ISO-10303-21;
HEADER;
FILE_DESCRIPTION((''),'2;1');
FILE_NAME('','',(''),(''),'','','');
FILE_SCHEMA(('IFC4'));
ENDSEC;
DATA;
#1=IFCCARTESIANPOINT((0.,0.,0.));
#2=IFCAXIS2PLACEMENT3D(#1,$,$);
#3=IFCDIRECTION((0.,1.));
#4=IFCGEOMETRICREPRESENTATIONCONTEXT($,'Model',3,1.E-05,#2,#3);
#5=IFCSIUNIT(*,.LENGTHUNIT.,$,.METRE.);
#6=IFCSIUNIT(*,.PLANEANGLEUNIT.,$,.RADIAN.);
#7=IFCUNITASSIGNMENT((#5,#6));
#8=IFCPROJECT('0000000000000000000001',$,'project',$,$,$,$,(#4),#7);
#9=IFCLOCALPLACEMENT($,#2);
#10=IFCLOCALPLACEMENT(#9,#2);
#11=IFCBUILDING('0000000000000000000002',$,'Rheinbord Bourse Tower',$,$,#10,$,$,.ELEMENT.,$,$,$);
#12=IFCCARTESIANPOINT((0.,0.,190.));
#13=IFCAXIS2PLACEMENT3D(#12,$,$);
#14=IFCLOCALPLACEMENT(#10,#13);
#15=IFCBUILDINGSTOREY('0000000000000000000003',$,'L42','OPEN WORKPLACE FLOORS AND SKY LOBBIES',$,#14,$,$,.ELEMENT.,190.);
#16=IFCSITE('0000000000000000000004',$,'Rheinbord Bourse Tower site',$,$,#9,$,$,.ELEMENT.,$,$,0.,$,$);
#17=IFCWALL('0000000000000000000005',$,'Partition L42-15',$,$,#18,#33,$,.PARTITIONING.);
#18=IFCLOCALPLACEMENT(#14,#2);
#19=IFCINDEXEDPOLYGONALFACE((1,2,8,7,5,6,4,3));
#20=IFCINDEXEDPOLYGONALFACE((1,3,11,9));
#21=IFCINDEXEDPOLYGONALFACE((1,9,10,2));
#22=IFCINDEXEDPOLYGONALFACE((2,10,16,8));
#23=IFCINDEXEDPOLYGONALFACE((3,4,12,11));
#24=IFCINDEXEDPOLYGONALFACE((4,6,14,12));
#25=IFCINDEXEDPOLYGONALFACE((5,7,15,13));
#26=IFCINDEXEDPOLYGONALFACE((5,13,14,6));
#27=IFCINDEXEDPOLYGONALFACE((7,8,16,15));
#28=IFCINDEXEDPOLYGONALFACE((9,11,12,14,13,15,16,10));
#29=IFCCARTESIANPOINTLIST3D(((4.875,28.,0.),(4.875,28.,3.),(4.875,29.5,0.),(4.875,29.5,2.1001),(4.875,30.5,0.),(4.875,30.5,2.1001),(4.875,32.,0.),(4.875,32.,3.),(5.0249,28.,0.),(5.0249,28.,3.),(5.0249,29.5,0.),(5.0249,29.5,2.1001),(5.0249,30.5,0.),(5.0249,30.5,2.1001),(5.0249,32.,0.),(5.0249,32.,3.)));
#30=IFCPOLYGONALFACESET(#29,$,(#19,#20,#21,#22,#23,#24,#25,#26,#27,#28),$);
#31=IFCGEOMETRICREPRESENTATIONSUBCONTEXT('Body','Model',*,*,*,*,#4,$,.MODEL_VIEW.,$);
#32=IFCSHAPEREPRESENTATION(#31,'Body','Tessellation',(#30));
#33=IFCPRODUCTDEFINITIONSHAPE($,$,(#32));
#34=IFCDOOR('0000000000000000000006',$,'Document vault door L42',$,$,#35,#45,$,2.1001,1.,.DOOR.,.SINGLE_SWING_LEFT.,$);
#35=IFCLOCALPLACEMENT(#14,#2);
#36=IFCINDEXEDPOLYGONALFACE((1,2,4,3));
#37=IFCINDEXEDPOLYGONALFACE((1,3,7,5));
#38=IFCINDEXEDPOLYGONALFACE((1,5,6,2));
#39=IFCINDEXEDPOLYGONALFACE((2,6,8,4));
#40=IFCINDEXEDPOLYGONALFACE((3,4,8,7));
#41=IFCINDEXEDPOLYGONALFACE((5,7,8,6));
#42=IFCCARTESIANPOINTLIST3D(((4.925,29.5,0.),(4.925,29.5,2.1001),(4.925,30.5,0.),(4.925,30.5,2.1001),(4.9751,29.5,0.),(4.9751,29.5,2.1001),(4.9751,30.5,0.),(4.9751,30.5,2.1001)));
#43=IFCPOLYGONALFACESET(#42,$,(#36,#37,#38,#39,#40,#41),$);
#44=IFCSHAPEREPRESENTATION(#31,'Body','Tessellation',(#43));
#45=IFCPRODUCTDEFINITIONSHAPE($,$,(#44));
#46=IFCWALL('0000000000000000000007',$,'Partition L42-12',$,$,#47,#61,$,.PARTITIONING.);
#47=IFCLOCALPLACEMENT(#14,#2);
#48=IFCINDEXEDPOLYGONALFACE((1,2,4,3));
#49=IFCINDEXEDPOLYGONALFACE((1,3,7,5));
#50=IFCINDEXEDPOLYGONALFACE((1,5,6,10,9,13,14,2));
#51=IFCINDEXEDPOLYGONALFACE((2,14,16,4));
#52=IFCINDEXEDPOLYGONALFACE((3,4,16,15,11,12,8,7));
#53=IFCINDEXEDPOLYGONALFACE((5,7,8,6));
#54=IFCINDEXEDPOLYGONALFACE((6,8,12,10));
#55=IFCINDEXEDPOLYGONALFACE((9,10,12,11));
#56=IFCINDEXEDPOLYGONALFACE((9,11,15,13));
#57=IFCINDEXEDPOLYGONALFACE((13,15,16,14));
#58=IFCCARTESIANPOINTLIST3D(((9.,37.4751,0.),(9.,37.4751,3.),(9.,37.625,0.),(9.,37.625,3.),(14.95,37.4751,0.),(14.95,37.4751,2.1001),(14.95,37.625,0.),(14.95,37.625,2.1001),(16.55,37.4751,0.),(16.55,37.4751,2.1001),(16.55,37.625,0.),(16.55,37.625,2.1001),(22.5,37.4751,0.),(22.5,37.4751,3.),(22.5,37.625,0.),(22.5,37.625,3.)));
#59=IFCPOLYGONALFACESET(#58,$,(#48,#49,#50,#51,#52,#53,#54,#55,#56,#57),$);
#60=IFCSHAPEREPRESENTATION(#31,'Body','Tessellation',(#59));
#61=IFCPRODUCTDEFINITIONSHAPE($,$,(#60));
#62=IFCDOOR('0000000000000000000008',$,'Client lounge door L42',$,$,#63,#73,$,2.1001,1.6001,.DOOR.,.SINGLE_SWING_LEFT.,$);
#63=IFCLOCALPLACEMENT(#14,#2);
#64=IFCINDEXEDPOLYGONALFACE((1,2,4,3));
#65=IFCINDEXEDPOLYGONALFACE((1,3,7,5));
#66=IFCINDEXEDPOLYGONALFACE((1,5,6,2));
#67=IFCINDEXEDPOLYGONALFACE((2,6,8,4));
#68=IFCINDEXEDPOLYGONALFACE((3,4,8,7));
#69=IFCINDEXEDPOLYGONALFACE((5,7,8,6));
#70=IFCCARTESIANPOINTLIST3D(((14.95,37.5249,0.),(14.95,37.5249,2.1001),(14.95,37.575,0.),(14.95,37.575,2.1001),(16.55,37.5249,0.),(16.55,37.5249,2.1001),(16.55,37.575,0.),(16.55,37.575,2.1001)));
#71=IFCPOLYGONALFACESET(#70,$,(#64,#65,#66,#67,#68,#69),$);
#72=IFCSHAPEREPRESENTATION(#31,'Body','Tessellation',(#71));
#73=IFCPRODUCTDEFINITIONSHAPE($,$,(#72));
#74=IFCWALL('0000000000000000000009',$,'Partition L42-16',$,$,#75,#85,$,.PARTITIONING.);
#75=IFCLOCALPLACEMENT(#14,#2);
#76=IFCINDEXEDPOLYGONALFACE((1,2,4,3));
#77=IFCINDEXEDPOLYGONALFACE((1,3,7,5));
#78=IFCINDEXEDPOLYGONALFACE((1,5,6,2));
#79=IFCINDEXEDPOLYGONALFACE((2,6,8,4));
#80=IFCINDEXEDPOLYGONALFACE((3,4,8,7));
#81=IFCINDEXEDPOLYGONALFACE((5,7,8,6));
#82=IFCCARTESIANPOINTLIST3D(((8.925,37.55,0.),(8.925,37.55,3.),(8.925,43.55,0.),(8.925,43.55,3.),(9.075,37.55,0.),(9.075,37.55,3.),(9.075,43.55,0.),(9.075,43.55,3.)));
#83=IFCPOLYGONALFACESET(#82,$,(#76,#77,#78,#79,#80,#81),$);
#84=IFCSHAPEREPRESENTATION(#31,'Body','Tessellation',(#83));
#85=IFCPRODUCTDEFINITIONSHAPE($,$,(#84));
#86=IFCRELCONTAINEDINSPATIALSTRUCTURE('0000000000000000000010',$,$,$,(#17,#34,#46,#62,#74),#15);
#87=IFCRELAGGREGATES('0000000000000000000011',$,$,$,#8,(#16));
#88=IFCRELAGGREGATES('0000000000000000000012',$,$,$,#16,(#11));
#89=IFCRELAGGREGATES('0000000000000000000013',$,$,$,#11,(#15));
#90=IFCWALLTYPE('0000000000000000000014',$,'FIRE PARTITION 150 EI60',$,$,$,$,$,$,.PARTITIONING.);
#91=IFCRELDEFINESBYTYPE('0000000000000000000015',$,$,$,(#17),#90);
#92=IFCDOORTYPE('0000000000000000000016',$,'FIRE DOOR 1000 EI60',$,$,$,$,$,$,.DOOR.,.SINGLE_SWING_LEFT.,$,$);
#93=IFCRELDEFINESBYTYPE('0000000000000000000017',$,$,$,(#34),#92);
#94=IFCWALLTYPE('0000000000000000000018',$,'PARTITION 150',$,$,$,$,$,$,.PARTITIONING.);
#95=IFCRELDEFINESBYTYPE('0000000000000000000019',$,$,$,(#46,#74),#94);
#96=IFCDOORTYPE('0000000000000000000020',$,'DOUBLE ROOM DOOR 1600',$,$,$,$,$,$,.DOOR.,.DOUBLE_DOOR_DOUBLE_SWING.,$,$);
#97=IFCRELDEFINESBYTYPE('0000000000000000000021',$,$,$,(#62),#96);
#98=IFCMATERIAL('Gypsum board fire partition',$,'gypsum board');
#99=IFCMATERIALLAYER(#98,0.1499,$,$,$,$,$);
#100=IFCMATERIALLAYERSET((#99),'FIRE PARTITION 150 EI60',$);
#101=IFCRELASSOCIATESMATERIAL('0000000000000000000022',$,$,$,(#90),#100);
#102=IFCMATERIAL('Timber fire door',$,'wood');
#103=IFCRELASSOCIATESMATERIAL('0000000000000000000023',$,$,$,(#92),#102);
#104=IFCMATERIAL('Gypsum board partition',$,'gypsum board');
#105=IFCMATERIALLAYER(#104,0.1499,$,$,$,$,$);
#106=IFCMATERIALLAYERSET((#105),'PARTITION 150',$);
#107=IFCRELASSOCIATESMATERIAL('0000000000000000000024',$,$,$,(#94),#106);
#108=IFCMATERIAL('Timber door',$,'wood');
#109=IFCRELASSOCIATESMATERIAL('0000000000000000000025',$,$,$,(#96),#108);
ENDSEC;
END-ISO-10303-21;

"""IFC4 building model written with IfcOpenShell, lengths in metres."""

from ifc_helpers import new_model, si_unit, direction, frame, frame_2d, origin, place, context, subcontext, project, spatial, rectangle, extrude, material, layer, layer_set, type_object, element, fill, save


model = new_model("IFC4")

# Units and contexts
model_context = context("Model", 3, precision=1e-05, world=origin(), true_north=direction((0.0, 1.0)))
body_context = subcontext(model_context, "Body", "Model", "MODEL_VIEW")
ifc_project = project(units=[si_unit("LENGTHUNIT", "METRE"), si_unit("PLANEANGLEUNIT", "RADIAN")], contexts=[model_context])

# Site, building, storey
site_placement = place(None, origin())
site = spatial("IfcSite", under=ifc_project, at=site_placement, Name="Rheinbord Bourse Tower site", CompositionType="ELEMENT", RefElevation=0.0)
building_placement = place(site_placement, origin())
building = spatial("IfcBuilding", under=site, at=building_placement, Name="Rheinbord Bourse Tower", CompositionType="ELEMENT")
storey_placement = place(building_placement, frame((0.0, 0.0, 190.0)))
storey = spatial("IfcBuildingStorey", under=building, at=storey_placement, Name="L42", Description="OPEN WORKPLACE FLOORS AND SKY LOBBIES", CompositionType="ELEMENT", Elevation=190.0)

# Shared definitions
ifc_material_1 = material(Name="Gypsum board fire partition", Category="gypsum board")
ifc_layer_1 = layer(ifc_material_1, 0.1499)
ifc_layer_set_1 = layer_set([ifc_layer_1], Name="FIRE PARTITION 150 EI60")
wall_type_1 = type_object("IfcWallType", Name="FIRE PARTITION 150 EI60", PredefinedType="PARTITIONING", material=ifc_layer_set_1)

# Walls, openings, doors
wall_1_placement = place(storey_placement, frame((4.95, 28.0, 0.0), z_axis=(0.0, 0.0, 1.0), x_axis=(0.0, 1.0, 0.0)))
wall_1 = element("IfcWall", 1, at=wall_1_placement, inside=storey, type_object=wall_type_1, Name="Partition L42-15", PredefinedType="PARTITIONING", context=body_context, shape_type="SweptSolid", body=[
    extrude(rectangle(XDim=4.0, YDim=0.1499, at=frame_2d((2.0, 0.0))), origin(), (0.0, 0.0, 1.0), 3.0),
])
opening_1_placement = place(wall_1_placement, frame((1.5, 0.0, 0.0)))
opening_1 = element("IfcOpeningElement", 2, at=opening_1_placement, cuts=wall_1, PredefinedType="OPENING", context=body_context, shape_type="SweptSolid", body=[
    extrude(rectangle(XDim=1.0, YDim=2.1001, at=frame_2d((0.5, 1.05))), frame((0.0, 0.085, 0.0), z_axis=(0.0, -1.0, 0.0), x_axis=(1.0, 0.0, 0.0)), (0.0, 0.0, 1.0), 0.1699),
])
ifc_material_2 = material(Name="Timber fire door", Category="wood")
door_type_1 = type_object("IfcDoorType", Name="FIRE DOOR 1000 EI60", OperationType="SINGLE_SWING_LEFT", PredefinedType="DOOR", material=ifc_material_2)
door_1_placement = place(opening_1_placement, origin())
door_1 = element("IfcDoor", 3, at=door_1_placement, inside=storey, type_object=door_type_1, Name="Document vault door L42", OperationType="SINGLE_SWING_LEFT", OverallHeight=2.1001, OverallWidth=1.0, PredefinedType="DOOR", context=body_context, shape_type="SweptSolid", body=[
    extrude(rectangle(XDim=1.0, YDim=2.1001, at=frame_2d((0.5, 1.05))), frame((0.0, 0.0249, 0.0), z_axis=(0.0, -1.0, 0.0), x_axis=(1.0, 0.0, 0.0)), (0.0, 0.0, 1.0), 0.05),
])
fill(opening_1, door_1)
ifc_material_3 = material(Name="Gypsum board partition", Category="gypsum board")
ifc_layer_2 = layer(ifc_material_3, 0.1499)
ifc_layer_set_2 = layer_set([ifc_layer_2], Name="PARTITION 150")
wall_type_2 = type_object("IfcWallType", Name="PARTITION 150", PredefinedType="PARTITIONING", material=ifc_layer_set_2)
wall_2_placement = place(storey_placement, frame((9.0, 37.55, 0.0), z_axis=(0.0, 0.0, 1.0), x_axis=(1.0, 0.0, 0.0)))
wall_2 = element("IfcWall", 4, at=wall_2_placement, inside=storey, type_object=wall_type_2, Name="Partition L42-12", PredefinedType="PARTITIONING", context=body_context, shape_type="SweptSolid", body=[
    extrude(rectangle(XDim=13.5, YDim=0.1499, at=frame_2d((6.75, 0.0))), origin(), (0.0, 0.0, 1.0), 3.0),
])
opening_2_placement = place(wall_2_placement, frame((5.95, 0.0, 0.0)))
opening_2 = element("IfcOpeningElement", 5, at=opening_2_placement, cuts=wall_2, PredefinedType="OPENING", context=body_context, shape_type="SweptSolid", body=[
    extrude(rectangle(XDim=1.6001, YDim=2.1001, at=frame_2d((0.8, 1.05))), frame((0.0, 0.085, 0.0), z_axis=(0.0, -1.0, 0.0), x_axis=(1.0, 0.0, 0.0)), (0.0, 0.0, 1.0), 0.1699),
])
ifc_material_4 = material(Name="Timber door", Category="wood")
door_type_2 = type_object("IfcDoorType", Name="DOUBLE ROOM DOOR 1600", OperationType="DOUBLE_DOOR_DOUBLE_SWING", PredefinedType="DOOR", material=ifc_material_4)
door_2_placement = place(opening_2_placement, origin())
door_2 = element("IfcDoor", 6, at=door_2_placement, inside=storey, type_object=door_type_2, Name="Client lounge door L42", OperationType="SINGLE_SWING_LEFT", OverallHeight=2.1001, OverallWidth=1.6001, PredefinedType="DOOR", context=body_context, shape_type="SweptSolid", body=[
    extrude(rectangle(XDim=1.6001, YDim=2.1001, at=frame_2d((0.8, 1.05))), frame((0.0, 0.0249, 0.0), z_axis=(0.0, -1.0, 0.0), x_axis=(1.0, 0.0, 0.0)), (0.0, 0.0, 1.0), 0.05),
])
fill(opening_2, door_2)

# Wall
wall_3_placement = place(storey_placement, frame((9.0, 37.55, 0.0), z_axis=(0.0, 0.0, 1.0), x_axis=(0.0, 1.0, 0.0)))
element("IfcWall", 7, at=wall_3_placement, inside=storey, type_object=wall_type_2, Name="Partition L42-16", PredefinedType="PARTITIONING", context=body_context, shape_type="SweptSolid", body=[
    extrude(rectangle(XDim=6.0, YDim=0.1499, at=frame_2d((3.0, 0.0))), origin(), (0.0, 0.0, 1.0), 3.0),
])

save(model, "model.ifc")
